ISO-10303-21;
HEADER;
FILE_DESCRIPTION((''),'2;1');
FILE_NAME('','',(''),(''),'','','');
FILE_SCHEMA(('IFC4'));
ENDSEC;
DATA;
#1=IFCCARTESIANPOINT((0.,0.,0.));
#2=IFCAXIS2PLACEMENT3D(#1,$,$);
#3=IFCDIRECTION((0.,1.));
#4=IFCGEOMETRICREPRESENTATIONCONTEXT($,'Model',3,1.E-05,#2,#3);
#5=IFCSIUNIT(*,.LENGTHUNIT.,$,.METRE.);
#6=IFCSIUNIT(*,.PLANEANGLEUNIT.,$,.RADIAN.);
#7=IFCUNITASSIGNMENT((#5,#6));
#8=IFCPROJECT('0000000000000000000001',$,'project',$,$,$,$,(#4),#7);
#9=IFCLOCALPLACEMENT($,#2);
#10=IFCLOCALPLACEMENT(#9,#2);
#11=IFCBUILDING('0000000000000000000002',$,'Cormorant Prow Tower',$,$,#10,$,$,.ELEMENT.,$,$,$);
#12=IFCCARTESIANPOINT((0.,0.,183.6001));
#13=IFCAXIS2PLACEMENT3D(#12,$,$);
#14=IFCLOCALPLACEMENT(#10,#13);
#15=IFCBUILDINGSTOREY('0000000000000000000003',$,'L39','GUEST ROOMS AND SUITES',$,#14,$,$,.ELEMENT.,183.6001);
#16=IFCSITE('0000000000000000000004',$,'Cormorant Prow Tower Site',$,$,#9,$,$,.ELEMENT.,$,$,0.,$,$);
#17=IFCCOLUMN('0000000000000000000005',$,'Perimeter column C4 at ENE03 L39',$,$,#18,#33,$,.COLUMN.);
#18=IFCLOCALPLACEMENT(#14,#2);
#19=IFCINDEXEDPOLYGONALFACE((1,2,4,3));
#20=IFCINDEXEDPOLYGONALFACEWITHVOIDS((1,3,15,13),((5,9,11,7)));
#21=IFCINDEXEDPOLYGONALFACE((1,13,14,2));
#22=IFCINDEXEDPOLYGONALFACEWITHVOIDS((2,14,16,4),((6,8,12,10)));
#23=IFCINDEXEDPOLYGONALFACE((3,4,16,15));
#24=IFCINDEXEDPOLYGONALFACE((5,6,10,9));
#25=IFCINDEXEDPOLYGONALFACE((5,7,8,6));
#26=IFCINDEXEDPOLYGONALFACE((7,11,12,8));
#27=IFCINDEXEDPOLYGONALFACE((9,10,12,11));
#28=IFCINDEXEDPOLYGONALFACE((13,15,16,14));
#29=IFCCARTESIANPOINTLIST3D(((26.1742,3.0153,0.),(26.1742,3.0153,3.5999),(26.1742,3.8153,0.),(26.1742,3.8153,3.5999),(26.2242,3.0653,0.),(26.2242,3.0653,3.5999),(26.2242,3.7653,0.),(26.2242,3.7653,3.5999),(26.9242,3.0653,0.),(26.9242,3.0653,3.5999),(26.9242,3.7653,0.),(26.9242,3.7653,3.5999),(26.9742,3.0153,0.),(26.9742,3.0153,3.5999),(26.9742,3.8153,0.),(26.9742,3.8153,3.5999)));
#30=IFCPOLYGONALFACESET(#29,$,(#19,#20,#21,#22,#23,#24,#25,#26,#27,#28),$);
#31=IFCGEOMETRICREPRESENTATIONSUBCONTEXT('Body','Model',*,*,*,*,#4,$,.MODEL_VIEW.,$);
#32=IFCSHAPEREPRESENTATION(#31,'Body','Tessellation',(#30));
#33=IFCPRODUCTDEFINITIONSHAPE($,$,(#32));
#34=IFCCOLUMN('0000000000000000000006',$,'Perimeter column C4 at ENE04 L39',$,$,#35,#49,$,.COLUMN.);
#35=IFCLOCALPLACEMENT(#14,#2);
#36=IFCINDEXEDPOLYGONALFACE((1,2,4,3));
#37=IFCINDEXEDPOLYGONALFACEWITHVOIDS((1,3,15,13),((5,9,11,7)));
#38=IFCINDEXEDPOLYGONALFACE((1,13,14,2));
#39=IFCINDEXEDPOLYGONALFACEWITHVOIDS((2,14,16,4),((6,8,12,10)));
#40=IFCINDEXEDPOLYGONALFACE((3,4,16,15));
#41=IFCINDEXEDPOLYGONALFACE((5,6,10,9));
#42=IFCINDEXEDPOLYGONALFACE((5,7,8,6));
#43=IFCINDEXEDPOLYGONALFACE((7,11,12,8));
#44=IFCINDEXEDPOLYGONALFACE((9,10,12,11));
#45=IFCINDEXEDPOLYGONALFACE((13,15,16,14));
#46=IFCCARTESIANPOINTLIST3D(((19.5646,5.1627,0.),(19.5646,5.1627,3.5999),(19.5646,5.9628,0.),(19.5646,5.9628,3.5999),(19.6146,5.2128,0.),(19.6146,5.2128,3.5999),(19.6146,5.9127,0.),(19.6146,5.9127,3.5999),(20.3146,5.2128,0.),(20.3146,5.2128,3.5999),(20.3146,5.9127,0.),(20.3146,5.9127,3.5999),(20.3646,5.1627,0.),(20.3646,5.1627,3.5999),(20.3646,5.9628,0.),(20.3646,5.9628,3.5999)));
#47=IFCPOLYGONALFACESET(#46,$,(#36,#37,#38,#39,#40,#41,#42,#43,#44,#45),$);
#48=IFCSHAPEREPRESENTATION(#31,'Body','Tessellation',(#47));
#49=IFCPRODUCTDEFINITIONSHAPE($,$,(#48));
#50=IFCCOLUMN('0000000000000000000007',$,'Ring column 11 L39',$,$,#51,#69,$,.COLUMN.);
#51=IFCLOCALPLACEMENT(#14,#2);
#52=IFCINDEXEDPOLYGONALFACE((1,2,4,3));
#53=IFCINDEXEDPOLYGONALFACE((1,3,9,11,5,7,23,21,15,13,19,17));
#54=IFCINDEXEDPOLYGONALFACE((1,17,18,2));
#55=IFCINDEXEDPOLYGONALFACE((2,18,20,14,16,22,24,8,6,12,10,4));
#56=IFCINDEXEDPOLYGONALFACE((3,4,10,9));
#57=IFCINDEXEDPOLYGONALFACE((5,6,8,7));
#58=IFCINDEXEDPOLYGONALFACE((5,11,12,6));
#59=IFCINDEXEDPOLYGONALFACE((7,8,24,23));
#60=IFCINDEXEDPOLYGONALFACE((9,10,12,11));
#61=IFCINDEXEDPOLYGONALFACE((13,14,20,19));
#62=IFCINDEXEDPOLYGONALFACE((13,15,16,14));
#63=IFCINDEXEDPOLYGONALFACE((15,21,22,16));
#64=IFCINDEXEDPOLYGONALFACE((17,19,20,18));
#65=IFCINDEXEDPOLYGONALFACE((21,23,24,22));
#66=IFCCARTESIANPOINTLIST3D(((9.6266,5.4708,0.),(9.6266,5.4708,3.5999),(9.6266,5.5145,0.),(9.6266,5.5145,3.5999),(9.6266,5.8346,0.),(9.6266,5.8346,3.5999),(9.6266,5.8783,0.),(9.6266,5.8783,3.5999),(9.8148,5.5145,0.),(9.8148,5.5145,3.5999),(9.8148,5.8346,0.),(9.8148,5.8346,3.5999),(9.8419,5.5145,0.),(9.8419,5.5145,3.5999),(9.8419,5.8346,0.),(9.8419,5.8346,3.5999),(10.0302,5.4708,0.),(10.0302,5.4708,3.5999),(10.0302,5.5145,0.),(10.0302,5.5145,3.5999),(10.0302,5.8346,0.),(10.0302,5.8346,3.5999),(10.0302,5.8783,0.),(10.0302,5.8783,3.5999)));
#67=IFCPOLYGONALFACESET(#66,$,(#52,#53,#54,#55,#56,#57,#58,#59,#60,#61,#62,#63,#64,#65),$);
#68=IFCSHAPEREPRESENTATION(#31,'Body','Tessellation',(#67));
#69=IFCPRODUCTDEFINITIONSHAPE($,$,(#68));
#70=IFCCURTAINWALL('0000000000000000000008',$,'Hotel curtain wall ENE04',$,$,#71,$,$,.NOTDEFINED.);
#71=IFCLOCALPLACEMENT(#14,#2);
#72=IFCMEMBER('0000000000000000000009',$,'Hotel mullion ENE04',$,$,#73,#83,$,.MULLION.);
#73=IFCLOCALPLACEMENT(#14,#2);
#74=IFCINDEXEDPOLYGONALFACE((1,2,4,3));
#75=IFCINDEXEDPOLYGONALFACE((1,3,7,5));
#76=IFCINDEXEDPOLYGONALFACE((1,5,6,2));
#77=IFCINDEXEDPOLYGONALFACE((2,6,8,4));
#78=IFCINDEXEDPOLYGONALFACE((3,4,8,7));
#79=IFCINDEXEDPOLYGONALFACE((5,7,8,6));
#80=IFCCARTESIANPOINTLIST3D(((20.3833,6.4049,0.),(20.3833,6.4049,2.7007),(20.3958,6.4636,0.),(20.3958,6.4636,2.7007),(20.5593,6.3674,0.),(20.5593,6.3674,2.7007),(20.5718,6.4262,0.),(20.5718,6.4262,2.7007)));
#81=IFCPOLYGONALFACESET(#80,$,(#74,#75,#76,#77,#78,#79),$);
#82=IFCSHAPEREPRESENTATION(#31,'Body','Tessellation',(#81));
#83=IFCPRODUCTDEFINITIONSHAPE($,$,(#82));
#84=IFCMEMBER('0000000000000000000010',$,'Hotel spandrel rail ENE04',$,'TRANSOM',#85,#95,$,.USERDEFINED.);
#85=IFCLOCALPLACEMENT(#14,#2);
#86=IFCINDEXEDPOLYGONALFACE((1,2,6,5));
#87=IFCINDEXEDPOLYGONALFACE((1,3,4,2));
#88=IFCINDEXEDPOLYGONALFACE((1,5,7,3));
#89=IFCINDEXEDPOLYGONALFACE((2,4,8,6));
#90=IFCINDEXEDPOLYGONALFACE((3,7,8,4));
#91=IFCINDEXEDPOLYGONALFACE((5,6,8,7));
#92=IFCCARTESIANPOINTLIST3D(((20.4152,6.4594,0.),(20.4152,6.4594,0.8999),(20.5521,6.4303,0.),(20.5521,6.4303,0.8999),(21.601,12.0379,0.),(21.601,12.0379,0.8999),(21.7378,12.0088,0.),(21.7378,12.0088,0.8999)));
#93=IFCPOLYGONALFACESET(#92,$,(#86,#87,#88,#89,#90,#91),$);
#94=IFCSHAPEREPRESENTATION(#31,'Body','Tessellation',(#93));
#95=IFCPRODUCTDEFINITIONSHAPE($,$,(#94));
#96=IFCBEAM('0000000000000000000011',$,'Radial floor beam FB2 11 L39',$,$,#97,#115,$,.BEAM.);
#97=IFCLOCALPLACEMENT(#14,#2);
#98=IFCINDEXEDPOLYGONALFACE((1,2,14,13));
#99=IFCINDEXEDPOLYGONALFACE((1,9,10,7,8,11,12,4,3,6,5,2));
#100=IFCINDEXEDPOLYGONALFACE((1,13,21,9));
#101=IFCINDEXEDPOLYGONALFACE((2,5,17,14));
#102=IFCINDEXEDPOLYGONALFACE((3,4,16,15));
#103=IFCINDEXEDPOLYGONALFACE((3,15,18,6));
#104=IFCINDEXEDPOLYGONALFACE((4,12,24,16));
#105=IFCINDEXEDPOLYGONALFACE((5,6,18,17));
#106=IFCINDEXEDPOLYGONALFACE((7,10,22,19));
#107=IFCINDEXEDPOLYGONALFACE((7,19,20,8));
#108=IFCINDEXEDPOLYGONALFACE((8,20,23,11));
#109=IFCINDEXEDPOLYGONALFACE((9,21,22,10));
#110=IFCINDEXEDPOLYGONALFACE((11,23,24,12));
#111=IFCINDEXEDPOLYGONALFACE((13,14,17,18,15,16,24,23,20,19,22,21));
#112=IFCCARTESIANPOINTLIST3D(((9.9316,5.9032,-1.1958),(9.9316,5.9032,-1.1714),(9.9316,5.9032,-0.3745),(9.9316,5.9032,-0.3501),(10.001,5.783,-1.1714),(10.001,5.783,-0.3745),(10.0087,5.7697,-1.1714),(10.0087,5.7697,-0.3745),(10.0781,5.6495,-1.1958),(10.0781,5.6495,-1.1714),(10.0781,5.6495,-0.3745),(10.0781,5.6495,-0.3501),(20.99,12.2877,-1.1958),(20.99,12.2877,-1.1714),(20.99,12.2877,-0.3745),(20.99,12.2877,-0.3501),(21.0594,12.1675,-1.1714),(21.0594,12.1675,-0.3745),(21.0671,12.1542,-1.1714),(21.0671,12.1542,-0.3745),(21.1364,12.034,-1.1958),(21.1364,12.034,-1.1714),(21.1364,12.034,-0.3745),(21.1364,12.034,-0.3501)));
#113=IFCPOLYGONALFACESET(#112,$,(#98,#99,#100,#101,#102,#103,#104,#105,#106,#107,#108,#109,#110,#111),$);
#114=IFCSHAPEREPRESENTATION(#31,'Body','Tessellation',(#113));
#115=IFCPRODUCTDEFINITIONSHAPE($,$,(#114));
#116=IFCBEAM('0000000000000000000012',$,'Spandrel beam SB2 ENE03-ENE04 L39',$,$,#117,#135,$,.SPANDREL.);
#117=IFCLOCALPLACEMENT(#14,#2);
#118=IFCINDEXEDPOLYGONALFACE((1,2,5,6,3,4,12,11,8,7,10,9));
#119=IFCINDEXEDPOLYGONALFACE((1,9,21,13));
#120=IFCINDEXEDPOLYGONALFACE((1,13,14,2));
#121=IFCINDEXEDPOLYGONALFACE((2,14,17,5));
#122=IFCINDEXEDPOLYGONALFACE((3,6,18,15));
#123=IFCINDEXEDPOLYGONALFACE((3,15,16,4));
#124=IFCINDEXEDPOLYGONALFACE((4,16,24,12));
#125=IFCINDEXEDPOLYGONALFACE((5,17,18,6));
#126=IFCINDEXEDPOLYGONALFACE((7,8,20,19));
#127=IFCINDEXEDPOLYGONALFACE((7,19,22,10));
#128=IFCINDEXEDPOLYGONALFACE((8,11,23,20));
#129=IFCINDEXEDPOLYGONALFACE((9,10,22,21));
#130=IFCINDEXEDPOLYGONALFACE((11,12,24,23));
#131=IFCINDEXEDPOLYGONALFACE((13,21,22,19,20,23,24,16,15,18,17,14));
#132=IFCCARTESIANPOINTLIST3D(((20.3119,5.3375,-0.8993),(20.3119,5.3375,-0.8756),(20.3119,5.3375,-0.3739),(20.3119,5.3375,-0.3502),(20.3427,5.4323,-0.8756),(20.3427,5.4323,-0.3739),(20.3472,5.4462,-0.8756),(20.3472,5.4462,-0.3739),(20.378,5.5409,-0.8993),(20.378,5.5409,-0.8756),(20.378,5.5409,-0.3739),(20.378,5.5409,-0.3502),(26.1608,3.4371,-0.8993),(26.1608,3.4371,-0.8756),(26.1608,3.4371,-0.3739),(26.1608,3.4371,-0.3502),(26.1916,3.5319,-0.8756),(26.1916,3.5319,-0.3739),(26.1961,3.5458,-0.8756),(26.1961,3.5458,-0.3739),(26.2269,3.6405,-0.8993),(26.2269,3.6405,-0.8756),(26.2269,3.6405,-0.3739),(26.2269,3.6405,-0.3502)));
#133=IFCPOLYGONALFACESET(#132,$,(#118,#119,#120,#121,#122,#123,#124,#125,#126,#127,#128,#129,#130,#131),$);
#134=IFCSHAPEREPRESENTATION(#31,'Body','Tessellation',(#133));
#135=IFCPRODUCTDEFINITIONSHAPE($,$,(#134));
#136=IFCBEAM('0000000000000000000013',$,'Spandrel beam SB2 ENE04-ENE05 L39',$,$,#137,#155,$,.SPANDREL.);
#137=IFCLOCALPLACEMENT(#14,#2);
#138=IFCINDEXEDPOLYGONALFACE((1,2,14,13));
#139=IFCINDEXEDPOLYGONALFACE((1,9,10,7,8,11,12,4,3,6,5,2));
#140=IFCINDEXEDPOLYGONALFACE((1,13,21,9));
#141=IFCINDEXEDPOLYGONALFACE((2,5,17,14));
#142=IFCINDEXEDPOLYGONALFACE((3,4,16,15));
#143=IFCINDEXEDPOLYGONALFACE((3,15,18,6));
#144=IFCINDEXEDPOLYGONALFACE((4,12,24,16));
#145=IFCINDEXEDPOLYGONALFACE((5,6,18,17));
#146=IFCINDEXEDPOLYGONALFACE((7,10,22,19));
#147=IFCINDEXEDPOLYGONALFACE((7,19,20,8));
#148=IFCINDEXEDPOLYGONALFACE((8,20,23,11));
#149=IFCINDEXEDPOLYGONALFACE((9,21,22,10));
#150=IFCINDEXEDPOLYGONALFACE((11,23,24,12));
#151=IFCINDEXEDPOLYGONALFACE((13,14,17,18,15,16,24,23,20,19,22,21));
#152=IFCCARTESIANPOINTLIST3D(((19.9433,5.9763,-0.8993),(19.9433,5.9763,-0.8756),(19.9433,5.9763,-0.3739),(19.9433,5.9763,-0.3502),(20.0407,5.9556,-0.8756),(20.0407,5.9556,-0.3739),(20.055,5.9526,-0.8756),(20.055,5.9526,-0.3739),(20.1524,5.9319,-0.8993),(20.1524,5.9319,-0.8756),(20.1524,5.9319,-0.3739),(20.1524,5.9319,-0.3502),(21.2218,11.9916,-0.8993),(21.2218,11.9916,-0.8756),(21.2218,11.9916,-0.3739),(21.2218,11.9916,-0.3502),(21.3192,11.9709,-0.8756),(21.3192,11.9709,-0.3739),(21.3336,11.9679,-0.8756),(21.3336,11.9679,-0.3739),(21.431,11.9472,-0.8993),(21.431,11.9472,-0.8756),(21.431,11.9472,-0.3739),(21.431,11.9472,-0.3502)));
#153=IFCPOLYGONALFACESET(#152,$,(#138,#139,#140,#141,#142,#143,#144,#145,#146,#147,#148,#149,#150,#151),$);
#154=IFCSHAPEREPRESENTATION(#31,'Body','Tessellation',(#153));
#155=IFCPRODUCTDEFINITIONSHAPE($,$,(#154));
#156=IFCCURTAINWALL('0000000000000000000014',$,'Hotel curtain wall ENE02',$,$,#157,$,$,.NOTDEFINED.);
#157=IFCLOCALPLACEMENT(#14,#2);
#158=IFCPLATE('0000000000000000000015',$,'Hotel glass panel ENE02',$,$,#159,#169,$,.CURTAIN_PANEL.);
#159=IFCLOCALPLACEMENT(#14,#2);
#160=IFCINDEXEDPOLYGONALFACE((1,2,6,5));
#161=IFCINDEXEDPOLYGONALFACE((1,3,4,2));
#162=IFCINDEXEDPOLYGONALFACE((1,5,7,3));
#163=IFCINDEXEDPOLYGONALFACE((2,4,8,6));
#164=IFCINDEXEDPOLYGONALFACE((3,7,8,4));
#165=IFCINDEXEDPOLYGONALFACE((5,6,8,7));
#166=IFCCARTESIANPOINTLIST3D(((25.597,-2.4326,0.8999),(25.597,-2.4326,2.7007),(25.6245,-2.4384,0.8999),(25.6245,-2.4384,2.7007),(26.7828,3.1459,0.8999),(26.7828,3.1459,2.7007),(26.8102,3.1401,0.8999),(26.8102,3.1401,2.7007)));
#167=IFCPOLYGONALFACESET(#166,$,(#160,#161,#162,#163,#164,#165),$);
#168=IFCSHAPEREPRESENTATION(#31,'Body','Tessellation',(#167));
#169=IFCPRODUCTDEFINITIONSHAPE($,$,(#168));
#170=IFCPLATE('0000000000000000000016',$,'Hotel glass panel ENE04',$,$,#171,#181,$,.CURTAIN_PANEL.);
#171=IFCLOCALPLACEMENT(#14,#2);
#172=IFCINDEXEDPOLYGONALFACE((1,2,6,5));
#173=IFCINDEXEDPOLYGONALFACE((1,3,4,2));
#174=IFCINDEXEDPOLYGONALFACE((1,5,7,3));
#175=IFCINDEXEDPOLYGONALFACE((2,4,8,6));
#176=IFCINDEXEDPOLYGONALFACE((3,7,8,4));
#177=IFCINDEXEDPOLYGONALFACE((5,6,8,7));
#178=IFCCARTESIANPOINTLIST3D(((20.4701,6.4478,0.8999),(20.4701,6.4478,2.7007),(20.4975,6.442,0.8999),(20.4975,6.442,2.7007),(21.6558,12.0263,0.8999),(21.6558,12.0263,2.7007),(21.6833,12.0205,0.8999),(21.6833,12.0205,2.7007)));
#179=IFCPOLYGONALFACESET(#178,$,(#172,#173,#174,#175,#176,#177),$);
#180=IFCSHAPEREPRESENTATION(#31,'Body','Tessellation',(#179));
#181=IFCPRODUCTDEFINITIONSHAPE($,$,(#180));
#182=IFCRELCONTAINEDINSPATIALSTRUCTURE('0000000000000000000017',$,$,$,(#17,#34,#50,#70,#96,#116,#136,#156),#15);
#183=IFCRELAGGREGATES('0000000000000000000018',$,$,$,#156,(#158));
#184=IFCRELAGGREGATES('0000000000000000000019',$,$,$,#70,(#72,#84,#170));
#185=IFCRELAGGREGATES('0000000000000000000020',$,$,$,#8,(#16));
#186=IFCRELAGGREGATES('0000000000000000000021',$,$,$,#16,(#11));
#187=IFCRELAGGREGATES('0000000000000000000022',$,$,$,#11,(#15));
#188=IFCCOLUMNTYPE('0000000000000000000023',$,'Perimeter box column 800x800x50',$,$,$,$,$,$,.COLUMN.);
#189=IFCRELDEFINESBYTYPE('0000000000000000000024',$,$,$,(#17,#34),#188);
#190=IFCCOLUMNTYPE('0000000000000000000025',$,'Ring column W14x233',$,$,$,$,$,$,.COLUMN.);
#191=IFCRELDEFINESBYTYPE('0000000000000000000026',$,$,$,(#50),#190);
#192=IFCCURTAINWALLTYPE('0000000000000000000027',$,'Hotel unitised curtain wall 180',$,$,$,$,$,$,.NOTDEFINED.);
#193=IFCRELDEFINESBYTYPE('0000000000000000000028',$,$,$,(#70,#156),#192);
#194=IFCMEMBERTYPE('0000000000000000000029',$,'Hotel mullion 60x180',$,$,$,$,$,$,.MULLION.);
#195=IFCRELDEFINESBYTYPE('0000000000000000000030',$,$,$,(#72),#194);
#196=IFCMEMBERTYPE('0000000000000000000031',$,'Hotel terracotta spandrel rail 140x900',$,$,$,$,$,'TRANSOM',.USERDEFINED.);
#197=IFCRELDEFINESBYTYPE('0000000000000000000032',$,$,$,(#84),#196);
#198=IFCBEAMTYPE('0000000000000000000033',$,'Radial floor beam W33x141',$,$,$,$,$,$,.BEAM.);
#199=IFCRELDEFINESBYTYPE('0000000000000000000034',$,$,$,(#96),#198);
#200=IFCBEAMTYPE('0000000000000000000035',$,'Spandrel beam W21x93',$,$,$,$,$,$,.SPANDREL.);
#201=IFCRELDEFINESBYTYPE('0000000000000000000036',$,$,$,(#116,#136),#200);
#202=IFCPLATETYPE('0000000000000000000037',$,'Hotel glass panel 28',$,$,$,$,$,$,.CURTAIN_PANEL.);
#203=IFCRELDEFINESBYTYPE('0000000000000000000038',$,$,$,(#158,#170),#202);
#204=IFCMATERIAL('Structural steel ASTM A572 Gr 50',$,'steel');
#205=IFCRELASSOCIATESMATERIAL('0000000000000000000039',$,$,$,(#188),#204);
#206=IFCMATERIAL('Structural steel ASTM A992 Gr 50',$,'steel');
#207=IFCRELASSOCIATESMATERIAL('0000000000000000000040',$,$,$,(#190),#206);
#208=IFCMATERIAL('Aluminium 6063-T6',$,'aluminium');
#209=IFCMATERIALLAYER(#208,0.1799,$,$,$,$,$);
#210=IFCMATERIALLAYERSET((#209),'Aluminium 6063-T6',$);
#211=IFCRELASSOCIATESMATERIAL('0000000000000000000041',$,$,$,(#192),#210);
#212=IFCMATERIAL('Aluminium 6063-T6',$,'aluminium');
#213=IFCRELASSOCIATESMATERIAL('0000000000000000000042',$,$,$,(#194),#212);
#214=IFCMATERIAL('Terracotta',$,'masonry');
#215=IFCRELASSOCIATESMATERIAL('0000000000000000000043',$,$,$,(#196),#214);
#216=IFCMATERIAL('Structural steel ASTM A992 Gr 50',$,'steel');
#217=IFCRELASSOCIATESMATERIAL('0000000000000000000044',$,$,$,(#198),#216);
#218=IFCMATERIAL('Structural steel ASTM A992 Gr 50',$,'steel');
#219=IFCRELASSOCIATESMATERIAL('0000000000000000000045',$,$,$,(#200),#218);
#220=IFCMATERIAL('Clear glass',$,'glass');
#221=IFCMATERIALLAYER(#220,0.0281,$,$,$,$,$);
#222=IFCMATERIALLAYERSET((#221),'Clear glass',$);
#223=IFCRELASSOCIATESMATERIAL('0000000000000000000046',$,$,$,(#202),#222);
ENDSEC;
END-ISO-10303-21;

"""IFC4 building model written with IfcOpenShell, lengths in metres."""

from ifc_helpers import new_model, si_unit, direction, frame, origin, origin_2d, place, context, subcontext, project, spatial, rectangle, hollow_rectangle, i_section, extrude, material, layer, layer_set, material_profile, profile_set, type_object, element, aggregate, save


model = new_model("IFC4")

# Units and contexts
model_context = context("Model", 3, precision=1e-05, world=origin(), true_north=direction((0.0, 1.0)))
body_context = subcontext(model_context, "Body", "Model", "MODEL_VIEW")
ifc_project = project(units=[si_unit("LENGTHUNIT", "METRE"), si_unit("PLANEANGLEUNIT", "RADIAN")], contexts=[model_context])

# Site, building, storey
site_placement = place(None, origin())
site = spatial("IfcSite", under=ifc_project, at=site_placement, Name="Cormorant Prow Tower Site", CompositionType="ELEMENT", RefElevation=0.0)
building_placement = place(site_placement, origin())
building = spatial("IfcBuilding", under=site, at=building_placement, Name="Cormorant Prow Tower", CompositionType="ELEMENT")
storey_placement = place(building_placement, frame((0.0, 0.0, 183.6001)))
storey = spatial("IfcBuildingStorey", under=building, at=storey_placement, Name="L39", Description="GUEST ROOMS AND SUITES", CompositionType="ELEMENT", Elevation=183.6001)

# Columns
ifc_material_1 = material(Name="Structural steel ASTM A572 Gr 50", Category="steel")
ifc_material_profile_1 = material_profile(ifc_material_1, hollow_rectangle(XDim=0.8, YDim=0.8, WallThickness=0.05, at=origin_2d()), Name="Box 800x800x50")
ifc_profile_set_1 = profile_set([ifc_material_profile_1], Name="Structural steel ASTM A572 Gr 50")
column_type_1 = type_object("IfcColumnType", Name="Perimeter box column 800x800x50", PredefinedType="COLUMN", material=ifc_profile_set_1)
for number, where, z_axis, x_axis, name in (
    (1, (26.5742, 3.4153, 0.0), (0.0, 0.0, 1.0), (1.0, 0.0, 0.0), "Perimeter column C4 at ENE03 L39"),
    (2, (19.9646, 5.5627, 0.0), (0.0, 0.0, 1.0), (1.0, 0.0, 0.0), "Perimeter column C4 at ENE04 L39"),
):
    element("IfcColumn", number, at=place(storey_placement, frame(where, z_axis=z_axis, x_axis=x_axis)), inside=storey, type_object=column_type_1, Name=name, PredefinedType="COLUMN", context=body_context, shape_type="SweptSolid", body=[
        extrude(hollow_rectangle(XDim=0.8, YDim=0.8, WallThickness=0.05, at=origin_2d()), origin(), (0.0, 0.0, 1.0), 3.5999),
    ])
ifc_material_2 = material(Name="Structural steel ASTM A992 Gr 50", Category="steel")
ifc_material_profile_2 = material_profile(ifc_material_2, i_section(OverallWidth=0.4036, OverallDepth=0.4075, WebThickness=0.0271, FlangeThickness=0.0437, at=origin_2d()), Name="W14x233")
ifc_profile_set_2 = profile_set([ifc_material_profile_2], Name="Structural steel ASTM A992 Gr 50")
column_type_2 = type_object("IfcColumnType", Name="Ring column W14x233", PredefinedType="COLUMN", material=ifc_profile_set_2)
column_placement = place(storey_placement, frame((9.8284, 5.6746, 0.0), z_axis=(0.0, 0.0, 1.0), x_axis=(1.0, 0.0, 0.0)))
element("IfcColumn", 3, at=column_placement, inside=storey, type_object=column_type_2, Name="Ring column 11 L39", PredefinedType="COLUMN", context=body_context, shape_type="SweptSolid", body=[
    extrude(i_section(OverallWidth=0.4036, OverallDepth=0.4075, WebThickness=0.0271, FlangeThickness=0.0437, at=origin_2d()), origin(), (0.0, 0.0, 1.0), 3.5999),
])

# Curtain wall, members
ifc_material_3 = material(Name="Aluminium 6063-T6", Category="aluminium")
ifc_layer_1 = layer(ifc_material_3, 0.1799)
ifc_layer_set_1 = layer_set([ifc_layer_1], Name="Aluminium 6063-T6")
curtain_wall_type = type_object("IfcCurtainWallType", Name="Hotel unitised curtain wall 180", PredefinedType="NOTDEFINED", material=ifc_layer_set_1)
curtain_wall_1_placement = place(storey_placement, origin())
curtain_wall_1 = element("IfcCurtainWall", 4, at=curtain_wall_1_placement, inside=storey, type_object=curtain_wall_type, Name="Hotel curtain wall ENE04", PredefinedType="NOTDEFINED")
ifc_material_4 = material(Name="Aluminium 6063-T6", Category="aluminium")
ifc_material_profile_3 = material_profile(ifc_material_4, rectangle(XDim=0.1799, YDim=0.0601, at=origin_2d()), Name="Hotel mullion 60x180")
ifc_profile_set_3 = profile_set([ifc_material_profile_3], Name="Aluminium 6063-T6")
member_type_1 = type_object("IfcMemberType", Name="Hotel mullion 60x180", PredefinedType="MULLION", material=ifc_profile_set_3)
member_1_placement = place(storey_placement, frame((20.4775, 6.4155, 0.0), z_axis=(0.0, 0.0, 1.0), x_axis=(-0.978148, 0.207912, 0.0)))
member_1 = element("IfcMember", 5, at=member_1_placement, type_object=member_type_1, Name="Hotel mullion ENE04", PredefinedType="MULLION", context=body_context, shape_type="SweptSolid", body=[
    extrude(rectangle(XDim=0.1799, YDim=0.0601, at=origin_2d()), origin(), (0.0, 0.0, 1.0), 2.7007),
])
ifc_material_5 = material(Name="Terracotta", Category="masonry")
ifc_material_profile_4 = material_profile(ifc_material_5, rectangle(XDim=0.1399, YDim=0.8999, at=origin_2d()), Name="Hotel terracotta spandrel rail 140x900")
ifc_profile_set_4 = profile_set([ifc_material_profile_4], Name="Terracotta")
member_type_2 = type_object("IfcMemberType", Name="Hotel terracotta spandrel rail 140x900", ElementType="TRANSOM", PredefinedType="USERDEFINED", material=ifc_profile_set_4)
member_2_placement = place(storey_placement, frame((20.4836, 6.4448, 0.45), z_axis=(0.207915, 0.978147, 0.0), x_axis=(-0.978147, 0.207915, 0.0)))
member_2 = element("IfcMember", 6, at=member_2_placement, type_object=member_type_2, Name="Hotel spandrel rail ENE04", ObjectType="TRANSOM", PredefinedType="USERDEFINED", context=body_context, shape_type="SweptSolid", body=[
    extrude(rectangle(XDim=0.1399, YDim=0.8999, at=origin_2d()), origin(), (0.0, 0.0, 1.0), 5.7031),
])

# Beams
ifc_material_6 = material(Name="Structural steel ASTM A992 Gr 50", Category="steel")
ifc_material_profile_5 = material_profile(ifc_material_6, i_section(OverallWidth=0.293, OverallDepth=0.8457, WebThickness=0.0154, FlangeThickness=0.0244, at=origin_2d()), Name="W33x141")
ifc_profile_set_5 = profile_set([ifc_material_profile_5], Name="Structural steel ASTM A992 Gr 50")
beam_type_1 = type_object("IfcBeamType", Name="Radial floor beam W33x141", PredefinedType="BEAM", material=ifc_profile_set_5)
beam_1_placement = place(storey_placement, frame((10.0049, 5.7764, -0.7729), z_axis=(0.866026, 0.499999, 0.0), x_axis=(-0.499999, 0.866026, 0.0)))
element("IfcBeam", 7, at=beam_1_placement, inside=storey, type_object=beam_type_1, Name="Radial floor beam FB2 11 L39", PredefinedType="BEAM", context=body_context, shape_type="SweptSolid", body=[
    extrude(i_section(OverallWidth=0.293, OverallDepth=0.8457, WebThickness=0.0154, FlangeThickness=0.0244, at=origin_2d()), origin(), (0.0, 0.0, 1.0), 12.769),
])
ifc_material_7 = material(Name="Structural steel ASTM A992 Gr 50", Category="steel")
ifc_material_profile_6 = material_profile(ifc_material_7, i_section(OverallWidth=0.2139, OverallDepth=0.5491, WebThickness=0.0146, FlangeThickness=0.0237, at=origin_2d()), Name="W21x93")
ifc_profile_set_6 = profile_set([ifc_material_profile_6], Name="Structural steel ASTM A992 Gr 50")
beam_type_2 = type_object("IfcBeamType", Name="Spandrel beam W21x93", PredefinedType="SPANDREL", material=ifc_profile_set_6)
beam_2_placement = place(storey_placement, frame((26.1938, 3.5388, -0.6248), z_axis=(-0.951058, 0.309013, 0.0), x_axis=(-0.309013, -0.951058, 0.0)))
element("IfcBeam", 8, at=beam_2_placement, inside=storey, type_object=beam_type_2, Name="Spandrel beam SB2 ENE03-ENE04 L39", PredefinedType="SPANDREL", context=body_context, shape_type="SweptSolid", body=[
    extrude(i_section(OverallWidth=0.2139, OverallDepth=0.5491, WebThickness=0.0146, FlangeThickness=0.0237, at=origin_2d()), origin(), (0.0, 0.0, 1.0), 6.1499),
])
beam_3_placement = place(storey_placement, frame((20.0479, 5.9541, -0.6248), z_axis=(0.207905, 0.978149, 0.0), x_axis=(-0.978149, 0.207905, 0.0)))
element("IfcBeam", 9, at=beam_3_placement, inside=storey, type_object=beam_type_2, Name="Spandrel beam SB2 ENE04-ENE05 L39", PredefinedType="SPANDREL", context=body_context, shape_type="SweptSolid", body=[
    extrude(i_section(OverallWidth=0.2139, OverallDepth=0.5491, WebThickness=0.0146, FlangeThickness=0.0237, at=origin_2d()), origin(), (0.0, 0.0, 1.0), 6.1497),
])

# Curtain wall, plate
curtain_wall_2_placement = place(storey_placement, origin())
curtain_wall_2 = element("IfcCurtainWall", 10, at=curtain_wall_2_placement, inside=storey, type_object=curtain_wall_type, Name="Hotel curtain wall ENE02", PredefinedType="NOTDEFINED")
ifc_material_8 = material(Name="Clear glass", Category="glass")
ifc_layer_2 = layer(ifc_material_8, 0.0281)
ifc_layer_set_2 = layer_set([ifc_layer_2], Name="Clear glass")
plate_type = type_object("IfcPlateType", Name="Hotel glass panel 28", PredefinedType="CURTAIN_PANEL", material=ifc_layer_set_2)
plate_1_placement = place(storey_placement, frame((26.2036, 0.3538, 0.8999), z_axis=(0.0, 0.0, 1.0), x_axis=(0.207912, 0.978148, 0.0)))
plate_1 = element("IfcPlate", 11, at=plate_1_placement, type_object=plate_type, Name="Hotel glass panel ENE02", PredefinedType="CURTAIN_PANEL", context=body_context, shape_type="SweptSolid", body=[
    extrude(rectangle(XDim=5.7031, YDim=0.0281, at=origin_2d()), origin(), (0.0, 0.0, 1.0), 1.8008),
])
aggregate(curtain_wall_2, [plate_1])

# Plate
plate_2_placement = place(storey_placement, frame((21.0767, 9.2341, 0.8999), z_axis=(0.0, 0.0, 1.0), x_axis=(0.207912, 0.978148, 0.0)))
plate_2 = element("IfcPlate", 12, at=plate_2_placement, type_object=plate_type, Name="Hotel glass panel ENE04", PredefinedType="CURTAIN_PANEL", context=body_context, shape_type="SweptSolid", body=[
    extrude(rectangle(XDim=5.7031, YDim=0.0281, at=origin_2d()), origin(), (0.0, 0.0, 1.0), 1.8008),
])
aggregate(curtain_wall_1, [member_1, member_2, plate_2])

save(model, "model.ifc")
